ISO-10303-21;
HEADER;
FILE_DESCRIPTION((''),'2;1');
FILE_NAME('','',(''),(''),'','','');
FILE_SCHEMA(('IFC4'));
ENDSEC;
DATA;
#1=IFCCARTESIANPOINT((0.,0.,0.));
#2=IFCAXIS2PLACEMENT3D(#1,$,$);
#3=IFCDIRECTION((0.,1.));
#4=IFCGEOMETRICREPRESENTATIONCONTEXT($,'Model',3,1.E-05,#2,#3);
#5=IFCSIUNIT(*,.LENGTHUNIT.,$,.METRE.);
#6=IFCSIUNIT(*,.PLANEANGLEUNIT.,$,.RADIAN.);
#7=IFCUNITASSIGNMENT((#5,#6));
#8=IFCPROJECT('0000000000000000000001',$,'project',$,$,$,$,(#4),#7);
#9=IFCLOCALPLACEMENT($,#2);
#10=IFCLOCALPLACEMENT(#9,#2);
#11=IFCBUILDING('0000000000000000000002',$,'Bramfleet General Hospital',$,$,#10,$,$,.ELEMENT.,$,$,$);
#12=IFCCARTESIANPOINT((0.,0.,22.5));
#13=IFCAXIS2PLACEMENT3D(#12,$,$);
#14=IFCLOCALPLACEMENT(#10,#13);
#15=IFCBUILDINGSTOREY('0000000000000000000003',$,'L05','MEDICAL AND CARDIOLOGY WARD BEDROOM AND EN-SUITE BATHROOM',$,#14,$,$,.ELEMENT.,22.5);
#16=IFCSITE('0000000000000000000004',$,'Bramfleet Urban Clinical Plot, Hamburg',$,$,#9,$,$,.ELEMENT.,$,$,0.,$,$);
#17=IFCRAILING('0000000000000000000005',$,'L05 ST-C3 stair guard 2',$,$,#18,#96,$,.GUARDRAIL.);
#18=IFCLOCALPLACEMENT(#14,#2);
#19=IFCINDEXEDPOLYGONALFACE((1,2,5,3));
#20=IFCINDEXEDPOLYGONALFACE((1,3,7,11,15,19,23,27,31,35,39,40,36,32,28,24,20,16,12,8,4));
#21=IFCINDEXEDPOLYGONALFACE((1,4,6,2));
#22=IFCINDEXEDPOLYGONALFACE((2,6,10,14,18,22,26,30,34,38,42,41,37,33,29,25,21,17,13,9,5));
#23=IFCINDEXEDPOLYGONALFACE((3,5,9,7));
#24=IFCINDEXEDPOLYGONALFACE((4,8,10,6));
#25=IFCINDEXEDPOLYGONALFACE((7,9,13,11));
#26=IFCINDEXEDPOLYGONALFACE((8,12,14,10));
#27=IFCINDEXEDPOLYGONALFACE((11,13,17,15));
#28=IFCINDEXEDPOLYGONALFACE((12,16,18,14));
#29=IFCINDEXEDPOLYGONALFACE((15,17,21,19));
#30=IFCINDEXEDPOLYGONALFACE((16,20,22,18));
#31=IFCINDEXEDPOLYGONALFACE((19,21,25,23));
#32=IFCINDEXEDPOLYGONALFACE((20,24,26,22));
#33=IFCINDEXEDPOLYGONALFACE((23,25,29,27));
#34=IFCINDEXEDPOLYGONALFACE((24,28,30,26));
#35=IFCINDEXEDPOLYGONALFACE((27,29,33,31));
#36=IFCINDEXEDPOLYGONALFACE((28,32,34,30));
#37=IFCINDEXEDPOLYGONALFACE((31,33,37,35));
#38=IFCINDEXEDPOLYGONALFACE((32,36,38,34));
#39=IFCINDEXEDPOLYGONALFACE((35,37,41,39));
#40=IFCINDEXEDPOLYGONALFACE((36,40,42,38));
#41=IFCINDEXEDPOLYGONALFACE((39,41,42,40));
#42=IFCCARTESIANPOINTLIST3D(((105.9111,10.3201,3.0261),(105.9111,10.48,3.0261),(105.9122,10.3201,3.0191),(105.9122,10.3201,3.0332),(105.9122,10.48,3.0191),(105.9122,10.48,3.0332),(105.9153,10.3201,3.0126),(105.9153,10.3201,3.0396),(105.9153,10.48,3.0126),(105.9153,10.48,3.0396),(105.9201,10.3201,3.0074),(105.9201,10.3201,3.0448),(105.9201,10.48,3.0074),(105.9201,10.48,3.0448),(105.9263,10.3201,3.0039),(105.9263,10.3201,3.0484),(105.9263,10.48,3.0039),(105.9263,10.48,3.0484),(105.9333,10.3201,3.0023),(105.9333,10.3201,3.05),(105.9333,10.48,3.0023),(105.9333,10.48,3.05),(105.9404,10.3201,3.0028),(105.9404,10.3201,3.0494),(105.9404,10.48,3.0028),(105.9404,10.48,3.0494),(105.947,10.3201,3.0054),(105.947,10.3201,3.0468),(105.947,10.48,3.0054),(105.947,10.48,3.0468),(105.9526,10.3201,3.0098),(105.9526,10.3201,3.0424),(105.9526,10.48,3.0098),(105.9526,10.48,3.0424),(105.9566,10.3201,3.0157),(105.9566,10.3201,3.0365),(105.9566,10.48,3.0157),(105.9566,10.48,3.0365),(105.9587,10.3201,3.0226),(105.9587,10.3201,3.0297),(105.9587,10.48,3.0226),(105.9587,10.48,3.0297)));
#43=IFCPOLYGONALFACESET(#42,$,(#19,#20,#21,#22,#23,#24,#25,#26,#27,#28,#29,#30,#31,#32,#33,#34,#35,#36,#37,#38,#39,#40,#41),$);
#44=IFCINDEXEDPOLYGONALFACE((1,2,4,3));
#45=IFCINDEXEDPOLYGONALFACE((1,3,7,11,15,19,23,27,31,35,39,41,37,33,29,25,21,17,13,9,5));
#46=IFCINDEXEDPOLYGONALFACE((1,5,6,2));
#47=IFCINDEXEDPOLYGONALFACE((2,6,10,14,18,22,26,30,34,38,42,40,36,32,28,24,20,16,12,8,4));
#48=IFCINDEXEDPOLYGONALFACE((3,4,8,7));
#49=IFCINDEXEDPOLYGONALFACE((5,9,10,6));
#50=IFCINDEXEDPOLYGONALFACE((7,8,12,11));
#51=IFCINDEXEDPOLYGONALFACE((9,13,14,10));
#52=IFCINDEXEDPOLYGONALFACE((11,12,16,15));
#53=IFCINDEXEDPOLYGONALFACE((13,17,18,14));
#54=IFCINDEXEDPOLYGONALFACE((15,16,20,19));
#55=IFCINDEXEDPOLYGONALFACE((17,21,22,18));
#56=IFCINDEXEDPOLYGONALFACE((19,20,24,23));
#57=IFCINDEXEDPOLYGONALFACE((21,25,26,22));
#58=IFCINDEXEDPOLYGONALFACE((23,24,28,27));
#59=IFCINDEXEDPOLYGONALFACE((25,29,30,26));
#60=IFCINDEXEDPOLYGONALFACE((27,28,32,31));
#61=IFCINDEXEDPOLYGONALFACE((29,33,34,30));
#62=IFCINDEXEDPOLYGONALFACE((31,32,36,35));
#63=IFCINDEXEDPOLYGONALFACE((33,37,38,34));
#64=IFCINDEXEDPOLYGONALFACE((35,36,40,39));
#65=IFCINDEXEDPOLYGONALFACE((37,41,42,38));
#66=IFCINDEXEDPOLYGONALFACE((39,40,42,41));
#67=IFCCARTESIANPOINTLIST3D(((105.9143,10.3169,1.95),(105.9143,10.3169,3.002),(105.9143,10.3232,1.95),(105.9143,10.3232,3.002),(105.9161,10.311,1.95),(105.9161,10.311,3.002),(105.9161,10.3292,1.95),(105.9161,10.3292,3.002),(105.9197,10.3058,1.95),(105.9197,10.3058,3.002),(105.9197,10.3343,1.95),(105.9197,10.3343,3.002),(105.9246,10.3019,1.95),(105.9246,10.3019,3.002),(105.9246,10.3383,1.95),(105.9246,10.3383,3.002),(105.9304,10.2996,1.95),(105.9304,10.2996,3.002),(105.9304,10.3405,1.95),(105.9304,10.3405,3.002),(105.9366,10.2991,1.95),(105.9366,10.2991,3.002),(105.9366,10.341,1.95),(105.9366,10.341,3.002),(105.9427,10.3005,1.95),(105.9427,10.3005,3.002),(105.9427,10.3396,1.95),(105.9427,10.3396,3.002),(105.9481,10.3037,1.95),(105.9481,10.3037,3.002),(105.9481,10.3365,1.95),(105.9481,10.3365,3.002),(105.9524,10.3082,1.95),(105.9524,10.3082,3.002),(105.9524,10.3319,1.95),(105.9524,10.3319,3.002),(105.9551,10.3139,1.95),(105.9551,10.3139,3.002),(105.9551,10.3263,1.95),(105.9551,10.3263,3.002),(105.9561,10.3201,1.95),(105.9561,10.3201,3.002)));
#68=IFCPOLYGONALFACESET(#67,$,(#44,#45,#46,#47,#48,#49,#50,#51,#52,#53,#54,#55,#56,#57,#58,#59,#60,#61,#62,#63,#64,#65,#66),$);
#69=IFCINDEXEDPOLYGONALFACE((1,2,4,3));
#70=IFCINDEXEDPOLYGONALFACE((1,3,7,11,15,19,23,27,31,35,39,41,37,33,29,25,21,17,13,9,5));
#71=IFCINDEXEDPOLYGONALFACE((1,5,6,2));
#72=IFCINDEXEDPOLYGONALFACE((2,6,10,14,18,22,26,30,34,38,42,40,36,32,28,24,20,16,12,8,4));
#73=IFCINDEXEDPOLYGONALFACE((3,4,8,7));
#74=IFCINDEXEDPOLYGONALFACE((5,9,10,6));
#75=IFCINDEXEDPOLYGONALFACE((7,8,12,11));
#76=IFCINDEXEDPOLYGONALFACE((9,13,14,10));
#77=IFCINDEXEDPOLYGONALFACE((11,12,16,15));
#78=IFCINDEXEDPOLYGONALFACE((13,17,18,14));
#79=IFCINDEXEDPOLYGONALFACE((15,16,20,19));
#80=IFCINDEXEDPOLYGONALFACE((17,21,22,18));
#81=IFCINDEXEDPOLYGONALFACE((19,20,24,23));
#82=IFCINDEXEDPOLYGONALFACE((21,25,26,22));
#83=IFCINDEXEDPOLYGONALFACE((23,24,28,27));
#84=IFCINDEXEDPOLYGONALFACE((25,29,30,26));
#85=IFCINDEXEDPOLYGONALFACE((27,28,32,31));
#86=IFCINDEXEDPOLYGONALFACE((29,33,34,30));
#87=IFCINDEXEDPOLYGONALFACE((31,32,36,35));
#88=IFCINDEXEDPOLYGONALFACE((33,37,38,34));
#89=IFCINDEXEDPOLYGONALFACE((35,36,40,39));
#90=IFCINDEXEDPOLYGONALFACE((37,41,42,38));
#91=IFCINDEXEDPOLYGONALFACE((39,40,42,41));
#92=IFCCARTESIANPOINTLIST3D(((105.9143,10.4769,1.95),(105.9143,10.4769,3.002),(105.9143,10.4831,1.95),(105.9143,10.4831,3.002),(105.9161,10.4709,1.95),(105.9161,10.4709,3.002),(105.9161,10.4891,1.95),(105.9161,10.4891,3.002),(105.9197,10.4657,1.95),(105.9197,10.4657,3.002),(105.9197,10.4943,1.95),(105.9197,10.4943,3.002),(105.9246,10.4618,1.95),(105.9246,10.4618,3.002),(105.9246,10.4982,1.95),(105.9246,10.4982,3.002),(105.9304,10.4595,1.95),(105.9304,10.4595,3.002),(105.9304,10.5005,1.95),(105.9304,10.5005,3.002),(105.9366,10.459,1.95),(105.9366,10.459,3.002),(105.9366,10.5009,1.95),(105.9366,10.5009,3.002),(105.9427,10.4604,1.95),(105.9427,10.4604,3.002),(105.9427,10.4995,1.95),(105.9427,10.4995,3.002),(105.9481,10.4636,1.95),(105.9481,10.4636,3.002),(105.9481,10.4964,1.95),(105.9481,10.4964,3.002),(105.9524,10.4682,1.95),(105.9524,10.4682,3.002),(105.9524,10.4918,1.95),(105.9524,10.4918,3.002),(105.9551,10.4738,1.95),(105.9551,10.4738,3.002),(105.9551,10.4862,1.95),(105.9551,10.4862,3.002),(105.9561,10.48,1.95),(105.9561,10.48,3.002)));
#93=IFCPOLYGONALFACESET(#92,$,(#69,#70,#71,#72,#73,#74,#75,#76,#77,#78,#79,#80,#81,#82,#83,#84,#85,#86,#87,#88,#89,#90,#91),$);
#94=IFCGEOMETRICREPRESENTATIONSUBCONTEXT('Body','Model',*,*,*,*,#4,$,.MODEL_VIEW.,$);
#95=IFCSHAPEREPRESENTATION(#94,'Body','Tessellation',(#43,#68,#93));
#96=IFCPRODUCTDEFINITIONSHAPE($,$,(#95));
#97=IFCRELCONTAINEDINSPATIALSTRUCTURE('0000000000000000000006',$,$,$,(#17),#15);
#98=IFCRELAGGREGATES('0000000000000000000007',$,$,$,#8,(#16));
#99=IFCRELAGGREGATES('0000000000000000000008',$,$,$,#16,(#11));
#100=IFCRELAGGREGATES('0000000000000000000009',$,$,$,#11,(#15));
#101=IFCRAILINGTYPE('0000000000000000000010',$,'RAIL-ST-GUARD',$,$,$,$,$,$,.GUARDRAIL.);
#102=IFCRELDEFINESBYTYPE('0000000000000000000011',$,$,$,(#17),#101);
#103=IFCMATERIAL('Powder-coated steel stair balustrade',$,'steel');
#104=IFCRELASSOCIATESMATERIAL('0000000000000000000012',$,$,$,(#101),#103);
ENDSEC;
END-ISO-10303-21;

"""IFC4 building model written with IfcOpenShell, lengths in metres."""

from ifc_helpers import new_model, si_unit, direction, frame, origin, origin_2d, place, context, subcontext, project, spatial, circle, extrude, material, type_object, element, save


model = new_model("IFC4")

# Units and contexts
model_context = context("Model", 3, precision=1e-05, world=origin(), true_north=direction((0.0, 1.0)))
body_context = subcontext(model_context, "Body", "Model", "MODEL_VIEW")
ifc_project = project(units=[si_unit("LENGTHUNIT", "METRE"), si_unit("PLANEANGLEUNIT", "RADIAN")], contexts=[model_context])

# Site, building, storey
site_placement = place(None, origin())
site = spatial("IfcSite", under=ifc_project, at=site_placement, Name="Bramfleet Urban Clinical Plot, Hamburg", CompositionType="ELEMENT", RefElevation=0.0)
building_placement = place(site_placement, origin())
building = spatial("IfcBuilding", under=site, at=building_placement, Name="Bramfleet General Hospital", CompositionType="ELEMENT")
storey_placement = place(building_placement, frame((0.0, 0.0, 22.5)))
storey = spatial("IfcBuildingStorey", under=building, at=storey_placement, Name="L05", Description="MEDICAL AND CARDIOLOGY WARD BEDROOM AND EN-SUITE BATHROOM", CompositionType="ELEMENT", Elevation=22.5)

# Railing
ifc_material_1 = material(Name="Powder-coated steel stair balustrade", Category="steel")
railing_type_1 = type_object("IfcRailingType", Name="RAIL-ST-GUARD", PredefinedType="GUARDRAIL", material=ifc_material_1)
railing_1_placement = place(storey_placement, frame((105.9351, 10.3201, 1.95)))
element("IfcRailing", 1, at=railing_1_placement, inside=storey, type_object=railing_type_1, Name="L05 ST-C3 stair guard 2", PredefinedType="GUARDRAIL", context=body_context, shape_type="SweptSolid", body=[
    extrude(circle(Radius=0.0239, at=origin_2d()), frame((0.0, 0.0, 1.0762), z_axis=(0.0, 1.0, 0.0), x_axis=(-1.0, 0.0, 0.0)), (0.0, 0.0, 1.0), 0.1599),
    extrude(circle(Radius=0.021, at=origin_2d()), origin(), (0.0, 0.0, 1.0), 1.052),
    extrude(circle(Radius=0.021, at=origin_2d()), frame((0.0, 0.1599, 0.0)), (0.0, 0.0, 1.0), 1.052),
])

save(model, "model.ifc")
